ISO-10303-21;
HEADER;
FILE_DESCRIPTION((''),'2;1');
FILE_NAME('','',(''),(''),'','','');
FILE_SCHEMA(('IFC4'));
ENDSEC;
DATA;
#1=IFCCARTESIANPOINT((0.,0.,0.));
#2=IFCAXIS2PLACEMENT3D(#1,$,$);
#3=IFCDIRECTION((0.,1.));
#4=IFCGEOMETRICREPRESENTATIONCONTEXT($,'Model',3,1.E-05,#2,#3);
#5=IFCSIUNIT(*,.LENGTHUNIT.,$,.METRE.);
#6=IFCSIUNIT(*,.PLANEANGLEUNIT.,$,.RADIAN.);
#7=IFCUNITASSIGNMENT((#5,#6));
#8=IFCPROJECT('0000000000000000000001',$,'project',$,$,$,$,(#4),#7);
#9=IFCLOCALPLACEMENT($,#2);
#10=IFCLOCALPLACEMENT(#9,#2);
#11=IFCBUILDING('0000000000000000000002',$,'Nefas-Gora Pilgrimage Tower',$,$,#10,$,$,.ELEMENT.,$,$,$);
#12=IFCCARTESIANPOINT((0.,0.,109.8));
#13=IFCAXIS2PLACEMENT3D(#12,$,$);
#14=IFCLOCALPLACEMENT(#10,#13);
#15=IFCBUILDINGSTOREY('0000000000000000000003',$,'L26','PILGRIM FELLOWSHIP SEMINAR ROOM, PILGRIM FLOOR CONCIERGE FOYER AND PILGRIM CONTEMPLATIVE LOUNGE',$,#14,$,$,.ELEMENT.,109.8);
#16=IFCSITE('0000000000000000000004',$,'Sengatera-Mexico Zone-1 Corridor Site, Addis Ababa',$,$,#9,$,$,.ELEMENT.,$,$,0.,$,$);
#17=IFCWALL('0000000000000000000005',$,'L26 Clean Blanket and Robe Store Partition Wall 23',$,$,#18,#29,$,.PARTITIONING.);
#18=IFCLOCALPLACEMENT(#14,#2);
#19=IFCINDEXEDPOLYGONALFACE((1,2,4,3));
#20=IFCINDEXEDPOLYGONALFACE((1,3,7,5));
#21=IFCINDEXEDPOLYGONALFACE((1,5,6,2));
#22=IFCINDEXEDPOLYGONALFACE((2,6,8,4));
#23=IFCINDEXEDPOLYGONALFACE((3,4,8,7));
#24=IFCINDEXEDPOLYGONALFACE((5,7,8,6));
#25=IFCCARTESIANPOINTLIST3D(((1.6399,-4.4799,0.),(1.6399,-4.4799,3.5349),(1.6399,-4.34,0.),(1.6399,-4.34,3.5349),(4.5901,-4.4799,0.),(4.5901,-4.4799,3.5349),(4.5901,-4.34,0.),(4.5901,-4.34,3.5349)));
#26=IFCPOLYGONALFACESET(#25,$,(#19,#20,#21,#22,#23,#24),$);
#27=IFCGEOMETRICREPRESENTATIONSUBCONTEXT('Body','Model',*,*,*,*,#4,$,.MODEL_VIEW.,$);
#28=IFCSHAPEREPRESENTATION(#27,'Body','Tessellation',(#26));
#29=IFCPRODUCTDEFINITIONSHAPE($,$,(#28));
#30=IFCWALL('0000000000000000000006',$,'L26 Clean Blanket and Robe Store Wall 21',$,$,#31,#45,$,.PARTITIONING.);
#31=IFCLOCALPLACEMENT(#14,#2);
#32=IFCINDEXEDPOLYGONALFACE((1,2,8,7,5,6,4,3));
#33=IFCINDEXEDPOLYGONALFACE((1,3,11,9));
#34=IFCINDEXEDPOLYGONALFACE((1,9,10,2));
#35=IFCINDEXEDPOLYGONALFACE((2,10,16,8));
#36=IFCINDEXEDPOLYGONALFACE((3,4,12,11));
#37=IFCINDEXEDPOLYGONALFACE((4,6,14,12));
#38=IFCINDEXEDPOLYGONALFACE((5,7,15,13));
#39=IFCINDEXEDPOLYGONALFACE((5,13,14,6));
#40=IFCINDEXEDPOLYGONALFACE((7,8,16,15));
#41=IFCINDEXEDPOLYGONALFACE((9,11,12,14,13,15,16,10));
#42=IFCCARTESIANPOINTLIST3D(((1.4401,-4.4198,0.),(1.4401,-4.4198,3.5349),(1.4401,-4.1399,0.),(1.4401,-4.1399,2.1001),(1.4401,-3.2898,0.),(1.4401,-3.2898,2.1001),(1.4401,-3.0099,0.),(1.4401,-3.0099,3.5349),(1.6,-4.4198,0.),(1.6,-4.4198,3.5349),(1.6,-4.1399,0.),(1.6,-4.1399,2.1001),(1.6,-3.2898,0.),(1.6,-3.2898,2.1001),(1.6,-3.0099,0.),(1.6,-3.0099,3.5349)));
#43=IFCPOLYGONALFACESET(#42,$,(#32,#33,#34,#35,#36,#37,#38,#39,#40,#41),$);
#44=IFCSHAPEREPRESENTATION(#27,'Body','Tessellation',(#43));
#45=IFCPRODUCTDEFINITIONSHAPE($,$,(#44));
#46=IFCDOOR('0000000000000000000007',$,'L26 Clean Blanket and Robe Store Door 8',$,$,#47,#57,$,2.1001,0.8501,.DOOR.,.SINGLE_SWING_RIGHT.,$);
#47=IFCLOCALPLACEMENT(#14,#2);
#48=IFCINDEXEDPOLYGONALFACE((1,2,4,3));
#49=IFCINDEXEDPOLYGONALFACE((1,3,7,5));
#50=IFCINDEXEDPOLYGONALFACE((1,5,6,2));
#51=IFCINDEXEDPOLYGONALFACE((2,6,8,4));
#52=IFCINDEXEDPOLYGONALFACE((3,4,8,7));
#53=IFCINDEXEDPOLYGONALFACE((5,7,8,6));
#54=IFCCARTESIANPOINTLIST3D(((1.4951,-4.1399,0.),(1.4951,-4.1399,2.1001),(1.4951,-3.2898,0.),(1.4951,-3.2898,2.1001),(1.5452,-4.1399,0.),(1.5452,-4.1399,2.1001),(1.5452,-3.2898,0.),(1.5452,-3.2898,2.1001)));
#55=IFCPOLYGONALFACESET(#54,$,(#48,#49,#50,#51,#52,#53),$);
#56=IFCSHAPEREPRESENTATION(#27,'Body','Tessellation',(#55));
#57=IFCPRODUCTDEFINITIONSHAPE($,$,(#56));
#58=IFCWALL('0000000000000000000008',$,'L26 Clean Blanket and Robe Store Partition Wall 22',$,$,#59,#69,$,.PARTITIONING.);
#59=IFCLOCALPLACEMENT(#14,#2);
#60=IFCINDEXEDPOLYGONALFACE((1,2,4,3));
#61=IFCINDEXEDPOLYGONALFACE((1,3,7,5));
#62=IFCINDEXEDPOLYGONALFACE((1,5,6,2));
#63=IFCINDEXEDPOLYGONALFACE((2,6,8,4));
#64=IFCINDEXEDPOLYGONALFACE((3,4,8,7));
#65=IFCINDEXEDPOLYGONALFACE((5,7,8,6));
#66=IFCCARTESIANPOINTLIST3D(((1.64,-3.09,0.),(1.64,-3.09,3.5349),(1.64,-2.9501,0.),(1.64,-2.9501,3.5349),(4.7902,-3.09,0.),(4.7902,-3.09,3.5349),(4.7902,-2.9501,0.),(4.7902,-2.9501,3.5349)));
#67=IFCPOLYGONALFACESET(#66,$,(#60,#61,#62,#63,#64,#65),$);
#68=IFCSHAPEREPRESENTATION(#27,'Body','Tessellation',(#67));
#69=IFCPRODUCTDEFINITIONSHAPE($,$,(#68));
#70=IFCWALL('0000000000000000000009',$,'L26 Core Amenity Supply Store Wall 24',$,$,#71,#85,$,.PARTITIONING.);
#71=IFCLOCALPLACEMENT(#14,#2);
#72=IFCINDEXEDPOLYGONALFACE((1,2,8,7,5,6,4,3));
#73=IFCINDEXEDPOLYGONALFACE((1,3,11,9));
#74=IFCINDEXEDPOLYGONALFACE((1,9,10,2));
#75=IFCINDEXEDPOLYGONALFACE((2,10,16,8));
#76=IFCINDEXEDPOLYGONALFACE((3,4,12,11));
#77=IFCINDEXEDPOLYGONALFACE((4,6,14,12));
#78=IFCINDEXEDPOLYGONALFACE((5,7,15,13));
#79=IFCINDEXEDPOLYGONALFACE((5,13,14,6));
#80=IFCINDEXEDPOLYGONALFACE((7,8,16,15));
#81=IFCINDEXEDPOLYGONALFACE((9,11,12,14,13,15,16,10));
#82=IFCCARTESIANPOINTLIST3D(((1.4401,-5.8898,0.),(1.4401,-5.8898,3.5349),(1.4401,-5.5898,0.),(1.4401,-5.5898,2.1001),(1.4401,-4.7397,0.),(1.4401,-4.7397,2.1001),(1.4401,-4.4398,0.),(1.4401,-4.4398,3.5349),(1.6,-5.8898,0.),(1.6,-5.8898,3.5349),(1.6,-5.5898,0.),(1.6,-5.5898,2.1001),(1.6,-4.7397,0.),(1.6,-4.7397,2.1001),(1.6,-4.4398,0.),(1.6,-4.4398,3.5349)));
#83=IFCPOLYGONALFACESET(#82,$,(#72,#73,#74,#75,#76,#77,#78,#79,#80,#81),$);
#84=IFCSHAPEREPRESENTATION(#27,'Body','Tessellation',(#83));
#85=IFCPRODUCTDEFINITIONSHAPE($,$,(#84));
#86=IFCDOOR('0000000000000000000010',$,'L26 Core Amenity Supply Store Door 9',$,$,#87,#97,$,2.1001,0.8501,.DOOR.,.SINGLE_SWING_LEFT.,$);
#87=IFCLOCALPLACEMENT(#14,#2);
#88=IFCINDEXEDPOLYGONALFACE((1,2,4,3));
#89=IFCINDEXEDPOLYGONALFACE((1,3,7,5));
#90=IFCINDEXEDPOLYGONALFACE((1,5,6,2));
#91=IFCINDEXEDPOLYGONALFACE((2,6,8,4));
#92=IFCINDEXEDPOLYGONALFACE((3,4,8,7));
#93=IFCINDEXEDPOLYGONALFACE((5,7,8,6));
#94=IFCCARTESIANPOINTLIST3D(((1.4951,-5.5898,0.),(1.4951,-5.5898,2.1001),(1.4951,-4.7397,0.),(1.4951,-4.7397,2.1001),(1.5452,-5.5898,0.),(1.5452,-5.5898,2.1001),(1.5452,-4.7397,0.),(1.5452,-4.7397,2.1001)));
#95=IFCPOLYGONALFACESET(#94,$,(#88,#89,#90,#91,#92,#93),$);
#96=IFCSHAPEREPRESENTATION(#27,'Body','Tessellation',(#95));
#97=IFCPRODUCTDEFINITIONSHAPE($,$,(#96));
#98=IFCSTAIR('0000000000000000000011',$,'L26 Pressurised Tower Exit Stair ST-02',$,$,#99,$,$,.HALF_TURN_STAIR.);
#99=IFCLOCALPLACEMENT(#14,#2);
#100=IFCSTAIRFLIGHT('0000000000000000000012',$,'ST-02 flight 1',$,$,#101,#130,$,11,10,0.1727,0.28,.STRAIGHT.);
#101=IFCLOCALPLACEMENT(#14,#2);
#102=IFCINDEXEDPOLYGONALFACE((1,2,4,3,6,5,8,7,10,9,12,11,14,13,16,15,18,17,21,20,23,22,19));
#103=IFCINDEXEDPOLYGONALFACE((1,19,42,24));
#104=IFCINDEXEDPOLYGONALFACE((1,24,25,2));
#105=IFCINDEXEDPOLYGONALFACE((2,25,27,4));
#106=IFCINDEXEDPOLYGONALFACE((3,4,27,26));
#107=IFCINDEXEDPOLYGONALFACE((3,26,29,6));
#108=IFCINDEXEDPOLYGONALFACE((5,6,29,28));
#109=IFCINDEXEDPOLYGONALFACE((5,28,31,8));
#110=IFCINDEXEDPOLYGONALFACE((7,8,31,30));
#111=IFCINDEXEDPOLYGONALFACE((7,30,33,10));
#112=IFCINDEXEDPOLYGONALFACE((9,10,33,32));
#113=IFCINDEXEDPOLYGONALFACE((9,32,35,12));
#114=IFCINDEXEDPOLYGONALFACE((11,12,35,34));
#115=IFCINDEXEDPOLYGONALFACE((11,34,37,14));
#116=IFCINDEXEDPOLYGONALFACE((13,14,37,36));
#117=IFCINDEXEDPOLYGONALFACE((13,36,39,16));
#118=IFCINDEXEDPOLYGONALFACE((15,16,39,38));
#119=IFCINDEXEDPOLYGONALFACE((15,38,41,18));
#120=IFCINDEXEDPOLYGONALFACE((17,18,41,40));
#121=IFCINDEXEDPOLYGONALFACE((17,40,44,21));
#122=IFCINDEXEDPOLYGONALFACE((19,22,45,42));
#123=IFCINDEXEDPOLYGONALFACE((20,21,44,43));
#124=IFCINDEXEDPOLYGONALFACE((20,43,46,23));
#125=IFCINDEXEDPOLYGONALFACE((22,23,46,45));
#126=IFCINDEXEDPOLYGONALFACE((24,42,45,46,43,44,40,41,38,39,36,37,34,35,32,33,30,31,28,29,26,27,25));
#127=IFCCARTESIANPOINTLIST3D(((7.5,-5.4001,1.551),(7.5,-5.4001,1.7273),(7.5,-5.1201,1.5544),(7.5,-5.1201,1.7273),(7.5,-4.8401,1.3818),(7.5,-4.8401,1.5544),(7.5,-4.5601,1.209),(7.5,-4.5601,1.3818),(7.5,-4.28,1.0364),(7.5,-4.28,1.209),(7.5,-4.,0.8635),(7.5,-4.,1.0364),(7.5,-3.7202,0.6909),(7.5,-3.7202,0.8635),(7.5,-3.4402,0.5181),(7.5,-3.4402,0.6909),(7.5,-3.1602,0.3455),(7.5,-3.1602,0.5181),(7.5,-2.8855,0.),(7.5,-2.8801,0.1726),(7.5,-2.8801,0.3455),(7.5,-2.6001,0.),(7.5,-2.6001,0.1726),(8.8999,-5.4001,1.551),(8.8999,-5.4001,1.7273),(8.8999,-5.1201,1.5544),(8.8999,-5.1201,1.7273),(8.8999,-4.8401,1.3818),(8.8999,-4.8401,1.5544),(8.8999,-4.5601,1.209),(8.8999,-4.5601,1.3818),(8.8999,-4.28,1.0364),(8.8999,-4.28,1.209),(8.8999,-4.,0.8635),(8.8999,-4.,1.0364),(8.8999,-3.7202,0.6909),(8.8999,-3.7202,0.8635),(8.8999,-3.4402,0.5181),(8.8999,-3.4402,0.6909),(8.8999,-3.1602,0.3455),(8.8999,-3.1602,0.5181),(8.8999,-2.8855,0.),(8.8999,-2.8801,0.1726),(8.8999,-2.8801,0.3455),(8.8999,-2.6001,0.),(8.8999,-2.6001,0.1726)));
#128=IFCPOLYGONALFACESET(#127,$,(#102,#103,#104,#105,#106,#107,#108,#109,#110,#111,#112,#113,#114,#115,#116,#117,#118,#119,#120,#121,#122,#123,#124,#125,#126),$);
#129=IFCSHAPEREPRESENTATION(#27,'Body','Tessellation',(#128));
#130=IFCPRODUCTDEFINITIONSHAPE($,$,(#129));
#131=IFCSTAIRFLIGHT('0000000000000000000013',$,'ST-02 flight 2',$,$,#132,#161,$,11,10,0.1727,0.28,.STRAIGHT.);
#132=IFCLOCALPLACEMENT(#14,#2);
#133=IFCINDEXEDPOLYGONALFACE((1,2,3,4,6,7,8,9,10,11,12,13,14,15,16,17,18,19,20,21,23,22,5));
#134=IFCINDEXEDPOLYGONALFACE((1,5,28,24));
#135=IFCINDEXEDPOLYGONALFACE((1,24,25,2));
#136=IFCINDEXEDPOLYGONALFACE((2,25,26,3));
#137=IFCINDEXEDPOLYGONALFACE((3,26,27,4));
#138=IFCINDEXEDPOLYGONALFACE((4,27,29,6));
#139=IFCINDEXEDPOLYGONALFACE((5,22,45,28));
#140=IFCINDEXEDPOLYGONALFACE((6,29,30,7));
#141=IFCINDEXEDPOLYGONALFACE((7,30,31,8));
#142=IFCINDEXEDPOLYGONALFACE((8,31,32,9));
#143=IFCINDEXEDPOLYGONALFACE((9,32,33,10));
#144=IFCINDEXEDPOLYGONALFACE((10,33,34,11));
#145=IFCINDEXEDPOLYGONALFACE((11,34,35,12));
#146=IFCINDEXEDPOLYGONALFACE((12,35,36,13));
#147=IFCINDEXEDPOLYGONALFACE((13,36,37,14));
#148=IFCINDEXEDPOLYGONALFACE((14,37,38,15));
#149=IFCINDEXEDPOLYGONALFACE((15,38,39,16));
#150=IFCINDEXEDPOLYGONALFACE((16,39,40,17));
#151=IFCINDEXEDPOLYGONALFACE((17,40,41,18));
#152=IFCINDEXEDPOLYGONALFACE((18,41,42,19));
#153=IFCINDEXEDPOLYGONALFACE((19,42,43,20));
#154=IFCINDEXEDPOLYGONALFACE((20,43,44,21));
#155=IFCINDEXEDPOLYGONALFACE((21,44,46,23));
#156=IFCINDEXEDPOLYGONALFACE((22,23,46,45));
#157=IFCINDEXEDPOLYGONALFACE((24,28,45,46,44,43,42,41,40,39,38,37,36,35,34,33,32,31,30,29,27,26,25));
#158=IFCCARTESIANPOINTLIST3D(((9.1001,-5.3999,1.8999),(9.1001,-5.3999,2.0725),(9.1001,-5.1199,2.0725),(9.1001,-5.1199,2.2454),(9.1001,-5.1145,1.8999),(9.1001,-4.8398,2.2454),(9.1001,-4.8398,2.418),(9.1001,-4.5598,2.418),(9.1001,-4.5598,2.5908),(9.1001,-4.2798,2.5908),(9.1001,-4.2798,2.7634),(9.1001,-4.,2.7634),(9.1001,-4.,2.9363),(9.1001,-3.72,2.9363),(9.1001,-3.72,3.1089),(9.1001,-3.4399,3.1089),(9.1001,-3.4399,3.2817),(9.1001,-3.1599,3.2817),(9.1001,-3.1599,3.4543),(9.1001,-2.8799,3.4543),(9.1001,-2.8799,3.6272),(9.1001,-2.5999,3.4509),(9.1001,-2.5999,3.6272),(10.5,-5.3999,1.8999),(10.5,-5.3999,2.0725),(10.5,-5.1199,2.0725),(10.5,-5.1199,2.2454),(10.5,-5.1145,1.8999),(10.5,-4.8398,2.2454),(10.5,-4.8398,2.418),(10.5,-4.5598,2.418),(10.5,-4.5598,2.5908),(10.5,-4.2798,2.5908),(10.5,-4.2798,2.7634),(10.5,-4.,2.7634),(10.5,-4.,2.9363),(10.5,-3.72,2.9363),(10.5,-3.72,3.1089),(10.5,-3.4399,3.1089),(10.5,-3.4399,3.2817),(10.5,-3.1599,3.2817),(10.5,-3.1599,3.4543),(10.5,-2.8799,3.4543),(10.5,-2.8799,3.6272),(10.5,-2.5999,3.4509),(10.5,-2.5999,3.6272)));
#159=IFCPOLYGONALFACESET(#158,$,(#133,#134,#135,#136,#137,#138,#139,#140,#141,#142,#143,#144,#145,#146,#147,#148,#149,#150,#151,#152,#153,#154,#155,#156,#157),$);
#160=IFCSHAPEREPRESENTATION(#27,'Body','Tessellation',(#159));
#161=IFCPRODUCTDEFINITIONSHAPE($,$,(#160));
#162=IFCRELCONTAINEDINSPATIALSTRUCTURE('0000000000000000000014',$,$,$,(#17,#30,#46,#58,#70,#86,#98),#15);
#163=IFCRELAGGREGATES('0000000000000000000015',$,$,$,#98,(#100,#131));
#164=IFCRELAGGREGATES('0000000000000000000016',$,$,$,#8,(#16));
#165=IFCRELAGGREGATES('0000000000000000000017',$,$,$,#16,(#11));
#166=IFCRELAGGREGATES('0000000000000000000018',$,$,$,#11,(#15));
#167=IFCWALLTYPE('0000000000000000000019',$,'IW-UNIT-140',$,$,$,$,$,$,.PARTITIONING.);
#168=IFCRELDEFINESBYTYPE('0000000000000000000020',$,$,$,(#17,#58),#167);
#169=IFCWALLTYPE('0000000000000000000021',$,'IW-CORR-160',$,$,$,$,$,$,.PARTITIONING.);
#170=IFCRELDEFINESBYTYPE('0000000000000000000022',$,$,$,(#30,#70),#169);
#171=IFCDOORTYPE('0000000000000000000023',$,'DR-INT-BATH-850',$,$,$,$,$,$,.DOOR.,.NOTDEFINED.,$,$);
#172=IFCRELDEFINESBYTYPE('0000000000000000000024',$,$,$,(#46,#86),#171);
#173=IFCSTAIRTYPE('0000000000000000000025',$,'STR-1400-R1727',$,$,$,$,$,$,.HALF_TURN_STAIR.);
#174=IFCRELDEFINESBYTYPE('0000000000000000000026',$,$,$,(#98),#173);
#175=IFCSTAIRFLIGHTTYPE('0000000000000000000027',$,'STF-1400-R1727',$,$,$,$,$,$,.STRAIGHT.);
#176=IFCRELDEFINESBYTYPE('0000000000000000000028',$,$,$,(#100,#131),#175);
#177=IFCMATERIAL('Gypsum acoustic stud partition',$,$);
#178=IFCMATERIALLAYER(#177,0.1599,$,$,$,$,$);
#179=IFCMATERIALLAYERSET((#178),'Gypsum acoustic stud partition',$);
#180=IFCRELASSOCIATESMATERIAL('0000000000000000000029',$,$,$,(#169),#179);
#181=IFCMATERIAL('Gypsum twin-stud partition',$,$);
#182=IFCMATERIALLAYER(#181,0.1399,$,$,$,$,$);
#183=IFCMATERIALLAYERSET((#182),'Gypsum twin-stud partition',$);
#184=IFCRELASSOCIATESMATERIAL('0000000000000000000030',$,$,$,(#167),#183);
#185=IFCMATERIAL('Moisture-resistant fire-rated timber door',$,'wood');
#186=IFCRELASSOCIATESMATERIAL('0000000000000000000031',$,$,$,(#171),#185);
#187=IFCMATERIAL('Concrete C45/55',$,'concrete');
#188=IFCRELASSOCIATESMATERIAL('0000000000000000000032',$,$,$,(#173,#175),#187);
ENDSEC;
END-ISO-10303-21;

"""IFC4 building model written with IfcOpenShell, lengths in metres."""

from ifc_helpers import new_model, si_unit, direction, frame, frame_2d, origin, place, context, subcontext, project, spatial, polyline, rectangle, outline, extrude, source, transform, mapped, material, layer, layer_set, type_object, element, fill, aggregate, save


model = new_model("IFC4")

# Units and contexts
model_context = context("Model", 3, precision=1e-05, world=origin(), true_north=direction((0.0, 1.0)))
body_context = subcontext(model_context, "Body", "Model", "MODEL_VIEW")
ifc_project = project(units=[si_unit("LENGTHUNIT", "METRE"), si_unit("PLANEANGLEUNIT", "RADIAN")], contexts=[model_context])

# Site, building, storey
site_placement = place(None, origin())
site = spatial("IfcSite", under=ifc_project, at=site_placement, Name="Sengatera-Mexico Zone-1 Corridor Site, Addis Ababa", CompositionType="ELEMENT", RefElevation=0.0)
building_placement = place(site_placement, origin())
building = spatial("IfcBuilding", under=site, at=building_placement, Name="Nefas-Gora Pilgrimage Tower", CompositionType="ELEMENT")
storey_placement = place(building_placement, frame((0.0, 0.0, 109.8)))
storey = spatial("IfcBuildingStorey", under=building, at=storey_placement, Name="L26", Description="PILGRIM FELLOWSHIP SEMINAR ROOM, PILGRIM FLOOR CONCIERGE FOYER AND PILGRIM CONTEMPLATIVE LOUNGE", CompositionType="ELEMENT", Elevation=109.8)

# Shared definitions
ifc_material_1 = material(Name="Concrete C45/55", Category="concrete")

# Wall
ifc_material_2 = material(Name="Gypsum acoustic stud partition")
ifc_layer_1 = layer(ifc_material_2, 0.1599)
ifc_layer_set_1 = layer_set([ifc_layer_1], Name="Gypsum acoustic stud partition")
wall_type_1 = type_object("IfcWallType", Name="IW-CORR-160", PredefinedType="PARTITIONING", material=ifc_layer_set_1)
ifc_material_3 = material(Name="Gypsum twin-stud partition")
ifc_layer_2 = layer(ifc_material_3, 0.1399)
ifc_layer_set_2 = layer_set([ifc_layer_2], Name="Gypsum twin-stud partition")
wall_type_2 = type_object("IfcWallType", Name="IW-UNIT-140", PredefinedType="PARTITIONING", material=ifc_layer_set_2)
shared_shape_1 = source(origin(), body_context, "Body", "SweptSolid", [
    extrude(rectangle(XDim=2.9502, YDim=0.1399, at=frame_2d((1.4751, 0.0))), origin(), (0.0, 0.0, 1.0), 3.5349),
])
wall_1_placement = place(storey_placement, frame((1.6399, -4.4099, 0.0), z_axis=(0.0, 0.0, 1.0), x_axis=(1.0, 0.0, 0.0)))
element("IfcWall", 1, at=wall_1_placement, inside=storey, type_object=wall_type_2, Name="L26 Clean Blanket and Robe Store Partition Wall 23", PredefinedType="PARTITIONING", context=body_context, shape_type="MappedRepresentation", body=[
    mapped(shared_shape_1, transform((0.0, 0.0, 0.0), x_axis=(1.0, 0.0, 0.0), y_axis=(0.0, 1.0, 0.0), z_axis=(0.0, 0.0, 1.0), scale=1.0)),
])

# Wall, opening, door
shared_shape_2 = source(origin(), body_context, "Body", "SweptSolid", [
    extrude(rectangle(XDim=1.4099, YDim=0.1599, at=frame_2d((0.7051, 0.0))), origin(), (0.0, 0.0, 1.0), 3.5349),
])
wall_2_placement = place(storey_placement, frame((1.52, -4.4199, 0.0), z_axis=(0.0, 0.0, 1.0), x_axis=(0.0, 1.0, 0.0)))
wall_2 = element("IfcWall", 2, at=wall_2_placement, inside=storey, type_object=wall_type_1, Name="L26 Clean Blanket and Robe Store Wall 21", PredefinedType="PARTITIONING", context=body_context, shape_type="MappedRepresentation", body=[
    mapped(shared_shape_2, transform((0.0, 0.0, 0.0), x_axis=(1.0, 0.0, 0.0), y_axis=(0.0, 1.0, 0.0), z_axis=(0.0, 0.0, 1.0), scale=1.0)),
])
opening_1_placement = place(wall_2_placement, frame((0.28, 0.0, 0.0)))
opening_1 = element("IfcOpeningElement", 3, at=opening_1_placement, cuts=wall_2, PredefinedType="OPENING", context=body_context, shape_type="SweptSolid", body=[
    extrude(rectangle(XDim=0.8501, YDim=2.1001, at=frame_2d((0.425, 1.05))), frame((0.0, 0.0898, 0.0), z_axis=(0.0, -1.0, 0.0), x_axis=(1.0, 0.0, 0.0)), (0.0, 0.0, 1.0), 0.1799),
])
ifc_material_4 = material(Name="Moisture-resistant fire-rated timber door", Category="wood")
door_type_1 = type_object("IfcDoorType", Name="DR-INT-BATH-850", OperationType="NOTDEFINED", PredefinedType="DOOR", material=ifc_material_4)
shared_shape_3 = source(origin(), body_context, "Body", "SweptSolid", [
    extrude(rectangle(XDim=0.8501, YDim=2.1001, at=frame_2d((0.425, 1.05))), frame((0.0, 0.0249, 0.0), z_axis=(0.0, -1.0, 0.0), x_axis=(1.0, 0.0, 0.0)), (0.0, 0.0, 1.0), 0.05),
])
door_1_placement = place(opening_1_placement, origin())
door_1 = element("IfcDoor", 4, at=door_1_placement, inside=storey, type_object=door_type_1, Name="L26 Clean Blanket and Robe Store Door 8", OperationType="SINGLE_SWING_RIGHT", OverallHeight=2.1001, OverallWidth=0.8501, PredefinedType="DOOR", context=body_context, shape_type="MappedRepresentation", body=[
    mapped(shared_shape_3, transform((0.0, 0.0, 0.0), x_axis=(1.0, 0.0, 0.0), y_axis=(0.0, 1.0, 0.0), z_axis=(0.0, 0.0, 1.0), scale=1.0)),
])
fill(opening_1, door_1)

# Wall
shared_shape_4 = source(origin(), body_context, "Body", "SweptSolid", [
    extrude(rectangle(XDim=3.1501, YDim=0.1399, at=frame_2d((1.5752, 0.0))), origin(), (0.0, 0.0, 1.0), 3.5349),
])
wall_3_placement = place(storey_placement, frame((1.6399, -3.02, 0.0), z_axis=(0.0, 0.0, 1.0), x_axis=(1.0, 0.0, 0.0)))
element("IfcWall", 5, at=wall_3_placement, inside=storey, type_object=wall_type_2, Name="L26 Clean Blanket and Robe Store Partition Wall 22", PredefinedType="PARTITIONING", context=body_context, shape_type="MappedRepresentation", body=[
    mapped(shared_shape_4, transform((0.0, 0.0, 0.0), x_axis=(1.0, 0.0, 0.0), y_axis=(0.0, 1.0, 0.0), z_axis=(0.0, 0.0, 1.0), scale=1.0)),
])

# Wall, opening, door
shared_shape_5 = source(origin(), body_context, "Body", "SweptSolid", [
    extrude(rectangle(XDim=1.45, YDim=0.1599, at=frame_2d((0.7251, 0.0))), origin(), (0.0, 0.0, 1.0), 3.5349),
])
wall_4_placement = place(storey_placement, frame((1.52, -5.8899, 0.0), z_axis=(0.0, 0.0, 1.0), x_axis=(0.0, 1.0, 0.0)))
wall_4 = element("IfcWall", 6, at=wall_4_placement, inside=storey, type_object=wall_type_1, Name="L26 Core Amenity Supply Store Wall 24", PredefinedType="PARTITIONING", context=body_context, shape_type="MappedRepresentation", body=[
    mapped(shared_shape_5, transform((0.0, 0.0, 0.0), x_axis=(1.0, 0.0, 0.0), y_axis=(0.0, 1.0, 0.0), z_axis=(0.0, 0.0, 1.0), scale=1.0)),
])
opening_2_placement = place(wall_4_placement, frame((0.3, 0.0, 0.0)))
opening_2 = element("IfcOpeningElement", 7, at=opening_2_placement, cuts=wall_4, PredefinedType="OPENING", context=body_context, shape_type="SweptSolid", body=[
    extrude(rectangle(XDim=0.8501, YDim=2.1001, at=frame_2d((0.425, 1.05))), frame((0.0, 0.0898, 0.0), z_axis=(0.0, -1.0, 0.0), x_axis=(1.0, 0.0, 0.0)), (0.0, 0.0, 1.0), 0.1799),
])
door_2_placement = place(opening_2_placement, origin())
door_2 = element("IfcDoor", 8, at=door_2_placement, inside=storey, type_object=door_type_1, Name="L26 Core Amenity Supply Store Door 9", OperationType="SINGLE_SWING_LEFT", OverallHeight=2.1001, OverallWidth=0.8501, PredefinedType="DOOR", context=body_context, shape_type="MappedRepresentation", body=[
    mapped(shared_shape_3, transform((0.0, 0.0, 0.0), x_axis=(1.0, 0.0, 0.0), y_axis=(0.0, 1.0, 0.0), z_axis=(0.0, 0.0, 1.0), scale=1.0)),
])
fill(opening_2, door_2)

# Stair, stair flights
stair_type = type_object("IfcStairType", Name="STR-1400-R1727", PredefinedType="HALF_TURN_STAIR", material=ifc_material_1)
stair_placement = place(storey_placement, origin())
stair = element("IfcStair", 9, at=stair_placement, inside=storey, type_object=stair_type, Name="L26 Pressurised Tower Exit Stair ST-02", PredefinedType="HALF_TURN_STAIR")
stair_flight_type = type_object("IfcStairFlightType", Name="STF-1400-R1727", PredefinedType="STRAIGHT", material=ifc_material_1)
shared_shape_6 = source(origin(), body_context, "Body", "SweptSolid", [
    extrude(outline(polyline([(0.0, 0.0), (0.0, 0.1726), (0.28, 0.1726), (0.28, 0.3455), (0.5601, 0.3455), (0.5601, 0.5181), (0.8401, 0.5181), (0.8401, 0.6909), (1.1201, 0.6909), (1.1201, 0.8635), (1.3999, 0.8635), (1.3999, 1.0364), (1.6799, 1.0364), (1.6799, 1.209), (1.96, 1.209), (1.96, 1.3818), (2.24, 1.3818), (2.24, 1.5544), (2.52, 1.5544), (2.52, 1.7273), (2.8, 1.7273), (2.8, 1.8999), (2.8, 1.551), (0.2854, 0.0), (0.0, 0.0)])), frame((0.0, 0.7, 0.0), z_axis=(0.0, -1.0, 0.0), x_axis=(1.0, 0.0, 0.0)), (0.0, 0.0, 1.0), 1.3999),
])
stair_flight_1_placement = place(storey_placement, frame((8.2, -2.6001, 0.0), z_axis=(0.0, 0.0, 1.0), x_axis=(0.0, -1.0, 0.0)))
stair_flight_1 = element("IfcStairFlight", 10, at=stair_flight_1_placement, type_object=stair_flight_type, Name="ST-02 flight 1", NumberOfRisers=11, NumberOfTreads=10, PredefinedType="STRAIGHT", RiserHeight=0.1727, TreadLength=0.28, context=body_context, shape_type="MappedRepresentation", body=[
    mapped(shared_shape_6, transform((0.0, 0.0, 0.0), x_axis=(1.0, 0.0, 0.0), y_axis=(0.0, 1.0, 0.0), z_axis=(0.0, 0.0, 1.0), scale=1.0)),
])
stair_flight_2_placement = place(storey_placement, frame((9.8, -5.3999, 1.8999), z_axis=(0.0, 0.0, 1.0), x_axis=(0.0, 1.0, 0.0)))
stair_flight_2 = element("IfcStairFlight", 11, at=stair_flight_2_placement, type_object=stair_flight_type, Name="ST-02 flight 2", NumberOfRisers=11, NumberOfTreads=10, PredefinedType="STRAIGHT", RiserHeight=0.1727, TreadLength=0.28, context=body_context, shape_type="MappedRepresentation", body=[
    mapped(shared_shape_6, transform((0.0, 0.0, 0.0), x_axis=(1.0, 0.0, 0.0), y_axis=(0.0, 1.0, 0.0), z_axis=(0.0, 0.0, 1.0), scale=1.0)),
])
aggregate(stair, [stair_flight_1, stair_flight_2])

save(model, "model.ifc")
